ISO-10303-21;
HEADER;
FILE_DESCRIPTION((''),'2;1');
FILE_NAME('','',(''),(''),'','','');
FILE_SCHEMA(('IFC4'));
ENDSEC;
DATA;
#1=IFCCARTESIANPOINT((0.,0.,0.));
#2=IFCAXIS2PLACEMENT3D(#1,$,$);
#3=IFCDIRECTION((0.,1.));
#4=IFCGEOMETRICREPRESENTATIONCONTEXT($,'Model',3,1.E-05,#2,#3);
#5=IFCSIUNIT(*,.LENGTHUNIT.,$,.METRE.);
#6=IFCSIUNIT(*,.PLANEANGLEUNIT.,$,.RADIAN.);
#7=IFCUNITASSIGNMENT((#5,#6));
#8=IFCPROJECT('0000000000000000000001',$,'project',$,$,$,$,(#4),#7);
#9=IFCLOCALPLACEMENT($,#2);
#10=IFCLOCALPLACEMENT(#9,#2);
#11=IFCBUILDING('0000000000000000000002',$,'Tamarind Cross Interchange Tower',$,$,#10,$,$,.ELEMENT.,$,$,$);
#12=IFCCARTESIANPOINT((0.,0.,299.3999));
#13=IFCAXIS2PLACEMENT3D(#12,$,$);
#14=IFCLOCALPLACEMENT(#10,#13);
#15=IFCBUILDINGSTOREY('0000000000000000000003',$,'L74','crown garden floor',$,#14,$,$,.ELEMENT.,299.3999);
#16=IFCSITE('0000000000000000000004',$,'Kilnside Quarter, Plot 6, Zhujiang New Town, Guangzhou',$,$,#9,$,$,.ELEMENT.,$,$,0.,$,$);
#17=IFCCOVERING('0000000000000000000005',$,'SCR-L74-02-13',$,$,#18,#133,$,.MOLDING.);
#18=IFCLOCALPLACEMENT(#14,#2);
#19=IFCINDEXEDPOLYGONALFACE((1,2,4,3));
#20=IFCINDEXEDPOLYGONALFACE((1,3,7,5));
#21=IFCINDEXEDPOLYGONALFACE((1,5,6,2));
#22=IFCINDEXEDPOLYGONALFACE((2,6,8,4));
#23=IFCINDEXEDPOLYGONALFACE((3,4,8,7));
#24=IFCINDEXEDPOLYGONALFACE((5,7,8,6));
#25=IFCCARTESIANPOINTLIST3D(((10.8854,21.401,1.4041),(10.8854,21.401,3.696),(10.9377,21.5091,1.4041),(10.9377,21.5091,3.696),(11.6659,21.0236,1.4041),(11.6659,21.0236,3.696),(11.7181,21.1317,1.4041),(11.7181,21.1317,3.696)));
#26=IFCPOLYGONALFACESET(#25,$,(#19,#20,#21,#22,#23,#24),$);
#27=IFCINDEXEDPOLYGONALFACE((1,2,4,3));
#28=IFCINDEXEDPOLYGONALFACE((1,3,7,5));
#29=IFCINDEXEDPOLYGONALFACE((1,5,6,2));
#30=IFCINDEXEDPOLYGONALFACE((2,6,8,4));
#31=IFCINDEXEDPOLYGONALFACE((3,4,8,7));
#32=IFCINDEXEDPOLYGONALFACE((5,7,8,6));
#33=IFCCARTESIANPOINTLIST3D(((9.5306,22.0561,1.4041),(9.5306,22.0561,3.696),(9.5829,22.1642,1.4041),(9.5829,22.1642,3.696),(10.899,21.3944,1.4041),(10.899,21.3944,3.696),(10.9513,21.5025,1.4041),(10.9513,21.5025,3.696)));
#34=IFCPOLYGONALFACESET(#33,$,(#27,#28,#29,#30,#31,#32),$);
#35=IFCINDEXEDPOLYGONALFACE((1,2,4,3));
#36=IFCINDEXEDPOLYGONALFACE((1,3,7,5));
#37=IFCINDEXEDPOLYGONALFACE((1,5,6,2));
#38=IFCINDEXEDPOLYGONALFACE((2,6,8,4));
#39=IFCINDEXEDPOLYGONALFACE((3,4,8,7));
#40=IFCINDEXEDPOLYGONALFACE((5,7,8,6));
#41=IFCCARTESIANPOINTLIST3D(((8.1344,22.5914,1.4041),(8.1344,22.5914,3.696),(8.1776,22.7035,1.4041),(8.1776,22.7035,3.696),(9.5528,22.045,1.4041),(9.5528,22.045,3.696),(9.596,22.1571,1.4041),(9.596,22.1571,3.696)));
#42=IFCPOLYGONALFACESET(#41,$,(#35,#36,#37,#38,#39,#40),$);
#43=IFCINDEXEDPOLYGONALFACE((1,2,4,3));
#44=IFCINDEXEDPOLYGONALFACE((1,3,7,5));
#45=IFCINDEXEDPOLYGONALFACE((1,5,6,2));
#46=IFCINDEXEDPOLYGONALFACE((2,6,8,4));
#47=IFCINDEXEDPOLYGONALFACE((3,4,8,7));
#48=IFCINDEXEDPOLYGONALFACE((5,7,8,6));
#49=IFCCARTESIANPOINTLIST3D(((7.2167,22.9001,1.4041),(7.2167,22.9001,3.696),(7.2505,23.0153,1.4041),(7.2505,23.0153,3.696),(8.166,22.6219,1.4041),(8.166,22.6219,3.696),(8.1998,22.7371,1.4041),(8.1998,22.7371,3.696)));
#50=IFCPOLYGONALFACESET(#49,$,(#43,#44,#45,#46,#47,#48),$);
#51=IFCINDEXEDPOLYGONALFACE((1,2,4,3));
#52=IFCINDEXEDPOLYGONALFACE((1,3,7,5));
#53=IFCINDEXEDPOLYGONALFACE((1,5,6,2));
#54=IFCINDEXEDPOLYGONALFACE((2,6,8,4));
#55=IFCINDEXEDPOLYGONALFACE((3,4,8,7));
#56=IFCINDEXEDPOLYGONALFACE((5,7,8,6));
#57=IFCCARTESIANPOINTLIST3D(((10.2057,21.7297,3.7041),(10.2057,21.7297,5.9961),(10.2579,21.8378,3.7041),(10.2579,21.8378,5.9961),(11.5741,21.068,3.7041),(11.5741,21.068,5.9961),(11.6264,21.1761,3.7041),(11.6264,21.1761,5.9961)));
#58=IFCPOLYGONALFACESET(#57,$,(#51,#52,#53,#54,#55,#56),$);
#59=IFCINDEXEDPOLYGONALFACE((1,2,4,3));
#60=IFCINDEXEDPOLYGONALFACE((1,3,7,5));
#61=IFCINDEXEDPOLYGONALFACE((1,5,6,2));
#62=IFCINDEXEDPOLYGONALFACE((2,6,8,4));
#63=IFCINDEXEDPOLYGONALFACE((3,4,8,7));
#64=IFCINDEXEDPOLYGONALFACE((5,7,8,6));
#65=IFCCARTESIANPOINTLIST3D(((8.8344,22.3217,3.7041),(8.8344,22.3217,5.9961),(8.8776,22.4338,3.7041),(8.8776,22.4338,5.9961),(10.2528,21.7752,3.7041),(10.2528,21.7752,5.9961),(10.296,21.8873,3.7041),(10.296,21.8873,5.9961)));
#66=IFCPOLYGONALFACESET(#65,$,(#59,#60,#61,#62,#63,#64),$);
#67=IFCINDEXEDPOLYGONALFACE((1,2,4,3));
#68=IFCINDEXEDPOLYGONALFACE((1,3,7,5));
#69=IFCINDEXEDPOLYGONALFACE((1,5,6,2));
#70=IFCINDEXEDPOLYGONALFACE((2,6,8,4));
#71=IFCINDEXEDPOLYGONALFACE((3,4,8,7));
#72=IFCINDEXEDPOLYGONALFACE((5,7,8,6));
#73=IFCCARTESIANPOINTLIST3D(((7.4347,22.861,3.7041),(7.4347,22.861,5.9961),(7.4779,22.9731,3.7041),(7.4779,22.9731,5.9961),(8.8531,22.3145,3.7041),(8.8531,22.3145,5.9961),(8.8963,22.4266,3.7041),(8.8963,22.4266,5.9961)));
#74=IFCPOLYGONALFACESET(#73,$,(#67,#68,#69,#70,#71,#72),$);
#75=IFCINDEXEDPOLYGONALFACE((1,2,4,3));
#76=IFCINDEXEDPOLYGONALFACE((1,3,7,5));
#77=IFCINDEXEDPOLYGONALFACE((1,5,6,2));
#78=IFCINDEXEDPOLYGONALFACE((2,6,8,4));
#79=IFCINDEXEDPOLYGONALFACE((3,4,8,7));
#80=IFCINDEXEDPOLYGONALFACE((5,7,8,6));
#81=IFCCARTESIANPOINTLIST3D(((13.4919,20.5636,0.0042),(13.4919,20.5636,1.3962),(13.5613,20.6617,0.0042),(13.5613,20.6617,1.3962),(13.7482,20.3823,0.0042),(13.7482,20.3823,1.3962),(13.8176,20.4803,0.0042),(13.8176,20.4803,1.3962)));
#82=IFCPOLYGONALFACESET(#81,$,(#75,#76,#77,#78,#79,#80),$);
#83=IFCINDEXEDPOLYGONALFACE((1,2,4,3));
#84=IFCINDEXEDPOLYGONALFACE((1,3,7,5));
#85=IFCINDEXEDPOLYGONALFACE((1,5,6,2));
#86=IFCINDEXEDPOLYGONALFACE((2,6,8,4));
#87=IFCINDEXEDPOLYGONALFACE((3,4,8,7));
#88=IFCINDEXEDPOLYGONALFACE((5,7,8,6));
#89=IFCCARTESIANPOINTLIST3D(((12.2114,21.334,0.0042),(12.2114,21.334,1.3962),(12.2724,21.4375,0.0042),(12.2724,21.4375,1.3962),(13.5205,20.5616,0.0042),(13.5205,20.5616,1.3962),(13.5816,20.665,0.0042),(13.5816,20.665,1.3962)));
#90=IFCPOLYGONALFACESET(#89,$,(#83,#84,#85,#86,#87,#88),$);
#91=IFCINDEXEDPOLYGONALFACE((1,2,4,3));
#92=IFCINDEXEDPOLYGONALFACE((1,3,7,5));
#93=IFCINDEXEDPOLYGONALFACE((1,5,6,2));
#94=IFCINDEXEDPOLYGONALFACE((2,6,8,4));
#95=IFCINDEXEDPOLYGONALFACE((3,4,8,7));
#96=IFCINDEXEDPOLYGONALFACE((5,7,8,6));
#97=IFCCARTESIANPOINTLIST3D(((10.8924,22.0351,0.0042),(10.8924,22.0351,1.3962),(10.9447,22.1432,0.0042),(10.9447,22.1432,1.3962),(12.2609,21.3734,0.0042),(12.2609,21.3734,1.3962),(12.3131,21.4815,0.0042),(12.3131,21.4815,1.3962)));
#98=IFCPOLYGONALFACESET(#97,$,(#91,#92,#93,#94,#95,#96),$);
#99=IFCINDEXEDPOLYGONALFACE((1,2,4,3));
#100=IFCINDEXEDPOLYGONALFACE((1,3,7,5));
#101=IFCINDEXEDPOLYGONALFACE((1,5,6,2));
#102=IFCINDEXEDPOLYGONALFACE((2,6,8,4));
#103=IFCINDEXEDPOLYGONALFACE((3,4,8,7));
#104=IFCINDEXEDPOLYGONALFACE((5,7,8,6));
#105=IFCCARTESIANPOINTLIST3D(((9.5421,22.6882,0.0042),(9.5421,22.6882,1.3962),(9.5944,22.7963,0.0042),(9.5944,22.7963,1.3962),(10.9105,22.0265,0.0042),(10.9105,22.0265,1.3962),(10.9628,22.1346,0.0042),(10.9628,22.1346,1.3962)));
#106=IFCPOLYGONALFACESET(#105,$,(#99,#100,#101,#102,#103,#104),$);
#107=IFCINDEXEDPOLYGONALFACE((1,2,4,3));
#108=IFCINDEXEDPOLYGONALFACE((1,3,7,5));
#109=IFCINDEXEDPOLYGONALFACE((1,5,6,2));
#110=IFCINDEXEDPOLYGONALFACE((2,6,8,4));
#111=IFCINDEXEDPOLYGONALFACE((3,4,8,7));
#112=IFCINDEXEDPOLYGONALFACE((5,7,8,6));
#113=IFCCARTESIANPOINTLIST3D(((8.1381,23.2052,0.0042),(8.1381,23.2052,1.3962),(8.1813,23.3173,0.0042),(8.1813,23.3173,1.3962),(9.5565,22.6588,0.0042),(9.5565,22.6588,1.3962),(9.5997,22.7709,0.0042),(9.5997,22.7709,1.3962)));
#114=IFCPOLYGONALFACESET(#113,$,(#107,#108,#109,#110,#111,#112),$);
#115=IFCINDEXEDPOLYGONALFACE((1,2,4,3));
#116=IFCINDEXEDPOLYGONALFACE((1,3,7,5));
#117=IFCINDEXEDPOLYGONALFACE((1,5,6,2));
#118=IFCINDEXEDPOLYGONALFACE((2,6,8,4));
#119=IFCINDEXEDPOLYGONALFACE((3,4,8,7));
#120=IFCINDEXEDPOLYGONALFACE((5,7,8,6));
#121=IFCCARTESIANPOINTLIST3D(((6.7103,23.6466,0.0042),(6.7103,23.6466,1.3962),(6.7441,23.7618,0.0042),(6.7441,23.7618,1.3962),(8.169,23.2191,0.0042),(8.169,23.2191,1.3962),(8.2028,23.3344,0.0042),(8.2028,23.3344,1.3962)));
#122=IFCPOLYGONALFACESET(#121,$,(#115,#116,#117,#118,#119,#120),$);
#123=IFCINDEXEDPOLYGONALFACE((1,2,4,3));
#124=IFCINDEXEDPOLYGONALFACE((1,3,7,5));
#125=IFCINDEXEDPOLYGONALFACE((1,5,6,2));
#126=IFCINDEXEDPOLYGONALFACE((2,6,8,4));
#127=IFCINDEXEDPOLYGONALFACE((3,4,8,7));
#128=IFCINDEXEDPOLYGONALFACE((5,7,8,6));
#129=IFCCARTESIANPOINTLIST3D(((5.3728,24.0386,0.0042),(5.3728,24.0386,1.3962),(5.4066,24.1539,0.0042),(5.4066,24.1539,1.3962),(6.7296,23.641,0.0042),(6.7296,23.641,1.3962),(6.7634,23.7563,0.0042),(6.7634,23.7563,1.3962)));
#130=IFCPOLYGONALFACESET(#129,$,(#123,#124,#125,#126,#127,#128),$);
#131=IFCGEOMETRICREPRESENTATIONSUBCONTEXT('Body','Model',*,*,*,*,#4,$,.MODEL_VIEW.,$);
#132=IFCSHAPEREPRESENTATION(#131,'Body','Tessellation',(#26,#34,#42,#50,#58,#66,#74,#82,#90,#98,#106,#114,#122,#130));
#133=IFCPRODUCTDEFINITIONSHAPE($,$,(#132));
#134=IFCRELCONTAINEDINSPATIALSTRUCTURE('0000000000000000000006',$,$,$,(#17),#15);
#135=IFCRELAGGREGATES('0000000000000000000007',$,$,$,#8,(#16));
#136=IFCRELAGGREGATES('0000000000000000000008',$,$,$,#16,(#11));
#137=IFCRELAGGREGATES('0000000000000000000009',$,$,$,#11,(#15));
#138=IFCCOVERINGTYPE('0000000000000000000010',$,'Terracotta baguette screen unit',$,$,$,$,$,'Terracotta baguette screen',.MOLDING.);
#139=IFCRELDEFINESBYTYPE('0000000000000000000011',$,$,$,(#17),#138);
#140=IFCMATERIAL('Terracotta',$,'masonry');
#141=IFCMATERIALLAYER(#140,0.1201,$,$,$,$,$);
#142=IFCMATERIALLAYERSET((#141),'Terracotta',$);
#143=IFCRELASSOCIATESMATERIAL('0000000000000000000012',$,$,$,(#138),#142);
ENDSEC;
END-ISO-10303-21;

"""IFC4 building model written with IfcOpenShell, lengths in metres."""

from ifc_helpers import new_model, si_unit, direction, frame, origin, origin_2d, place, context, subcontext, project, spatial, rectangle, extrude, material, layer, layer_set, type_object, element, save


model = new_model("IFC4")

# Units and contexts
model_context = context("Model", 3, precision=1e-05, world=origin(), true_north=direction((0.0, 1.0)))
body_context = subcontext(model_context, "Body", "Model", "MODEL_VIEW")
ifc_project = project(units=[si_unit("LENGTHUNIT", "METRE"), si_unit("PLANEANGLEUNIT", "RADIAN")], contexts=[model_context])

# Site, building, storey
site_placement = place(None, origin())
site = spatial("IfcSite", under=ifc_project, at=site_placement, Name="Kilnside Quarter, Plot 6, Zhujiang New Town, Guangzhou", CompositionType="ELEMENT", RefElevation=0.0)
building_placement = place(site_placement, origin())
building = spatial("IfcBuilding", under=site, at=building_placement, Name="Tamarind Cross Interchange Tower", CompositionType="ELEMENT")
storey_placement = place(building_placement, frame((0.0, 0.0, 299.3999)))
storey = spatial("IfcBuildingStorey", under=building, at=storey_placement, Name="L74", Description="crown garden floor", CompositionType="ELEMENT", Elevation=299.3999)

# Covering
ifc_material_1 = material(Name="Terracotta", Category="masonry")
ifc_layer_1 = layer(ifc_material_1, 0.1201)
ifc_layer_set_1 = layer_set([ifc_layer_1], Name="Terracotta")
covering_type = type_object("IfcCoveringType", Name="Terracotta baguette screen unit", ElementType="Terracotta baguette screen", PredefinedType="MOLDING", material=ifc_layer_set_1)
covering_1_placement = place(storey_placement, origin())
element("IfcCovering", 1, at=covering_1_placement, inside=storey, type_object=covering_type, Name="SCR-L74-02-13", PredefinedType="MOLDING", context=body_context, shape_type="SweptSolid", body=[
    extrude(rectangle(XDim=0.8669, YDim=0.1201, at=origin_2d()), frame((11.3018, 21.2664, 1.4041), z_axis=(0.0, 0.0, 1.0), x_axis=(-0.900273, 0.435326, 0.0)), (0.0, 0.0, 1.0), 2.292),
    extrude(rectangle(XDim=1.52, YDim=0.1201, at=origin_2d()), frame((10.241, 21.7793, 1.4041), z_axis=(0.0, 0.0, 1.0), x_axis=(-0.900273, 0.435326, 0.0)), (0.0, 0.0, 1.0), 2.292),
    extrude(rectangle(XDim=1.52, YDim=0.1201, at=origin_2d()), frame((8.8652, 22.3743, 1.4041), z_axis=(0.0, 0.0, 1.0), x_axis=(-0.933147, 0.359495, 0.0)), (0.0, 0.0, 1.0), 2.292),
    extrude(rectangle(XDim=0.9893, YDim=0.1201, at=origin_2d()), frame((7.7083, 22.8186, 1.4041), z_axis=(0.0, 0.0, 1.0), x_axis=(-0.959647, 0.281209, 0.0)), (0.0, 0.0, 1.0), 2.292),
    extrude(rectangle(XDim=1.52, YDim=0.1201, at=origin_2d()), frame((10.916, 21.4529, 3.7041), z_axis=(0.0, 0.0, 1.0), x_axis=(-0.900273, 0.435326, 0.0)), (0.0, 0.0, 1.0), 2.292),
    extrude(rectangle(XDim=1.52, YDim=0.1201, at=origin_2d()), frame((9.5652, 22.1045, 3.7041), z_axis=(0.0, 0.0, 1.0), x_axis=(-0.933147, 0.359495, 0.0)), (0.0, 0.0, 1.0), 2.292),
    extrude(rectangle(XDim=1.52, YDim=0.1201, at=origin_2d()), frame((8.1655, 22.6438, 3.7041), z_axis=(0.0, 0.0, 1.0), x_axis=(-0.933147, 0.359495, 0.0)), (0.0, 0.0, 1.0), 2.292),
    extrude(rectangle(XDim=0.314, YDim=0.1201, at=origin_2d()), frame((13.6548, 20.522, 0.0042), z_axis=(0.0, 0.0, 1.0), x_axis=(-0.816342, 0.577569, 0.0)), (0.0, 0.0, 1.0), 1.3921),
    extrude(rectangle(XDim=1.52, YDim=0.1201, at=origin_2d()), frame((12.8965, 20.9995, 0.0042), z_axis=(0.0, 0.0, 1.0), x_axis=(-0.861249, 0.508183, 0.0)), (0.0, 0.0, 1.0), 1.3921),
    extrude(rectangle(XDim=1.52, YDim=0.1201, at=origin_2d()), frame((11.6028, 21.7583, 0.0042), z_axis=(0.0, 0.0, 1.0), x_axis=(-0.900273, 0.435326, 0.0)), (0.0, 0.0, 1.0), 1.3921),
    extrude(rectangle(XDim=1.52, YDim=0.1201, at=origin_2d()), frame((10.2524, 22.4114, 0.0042), z_axis=(0.0, 0.0, 1.0), x_axis=(-0.900273, 0.435326, 0.0)), (0.0, 0.0, 1.0), 1.3921),
    extrude(rectangle(XDim=1.52, YDim=0.1201, at=origin_2d()), frame((8.8689, 22.988, 0.0042), z_axis=(0.0, 0.0, 1.0), x_axis=(-0.933147, 0.359495, 0.0)), (0.0, 0.0, 1.0), 1.3921),
    extrude(rectangle(XDim=1.52, YDim=0.1201, at=origin_2d()), frame((7.4565, 23.4905, 0.0042), z_axis=(0.0, 0.0, 1.0), x_axis=(-0.959647, 0.281209, 0.0)), (0.0, 0.0, 1.0), 1.3921),
    extrude(rectangle(XDim=1.4138, YDim=0.1201, at=origin_2d()), frame((6.0681, 23.8975, 0.0042), z_axis=(0.0, 0.0, 1.0), x_axis=(-0.959647, 0.281209, 0.0)), (0.0, 0.0, 1.0), 1.3921),
])

save(model, "model.ifc")
